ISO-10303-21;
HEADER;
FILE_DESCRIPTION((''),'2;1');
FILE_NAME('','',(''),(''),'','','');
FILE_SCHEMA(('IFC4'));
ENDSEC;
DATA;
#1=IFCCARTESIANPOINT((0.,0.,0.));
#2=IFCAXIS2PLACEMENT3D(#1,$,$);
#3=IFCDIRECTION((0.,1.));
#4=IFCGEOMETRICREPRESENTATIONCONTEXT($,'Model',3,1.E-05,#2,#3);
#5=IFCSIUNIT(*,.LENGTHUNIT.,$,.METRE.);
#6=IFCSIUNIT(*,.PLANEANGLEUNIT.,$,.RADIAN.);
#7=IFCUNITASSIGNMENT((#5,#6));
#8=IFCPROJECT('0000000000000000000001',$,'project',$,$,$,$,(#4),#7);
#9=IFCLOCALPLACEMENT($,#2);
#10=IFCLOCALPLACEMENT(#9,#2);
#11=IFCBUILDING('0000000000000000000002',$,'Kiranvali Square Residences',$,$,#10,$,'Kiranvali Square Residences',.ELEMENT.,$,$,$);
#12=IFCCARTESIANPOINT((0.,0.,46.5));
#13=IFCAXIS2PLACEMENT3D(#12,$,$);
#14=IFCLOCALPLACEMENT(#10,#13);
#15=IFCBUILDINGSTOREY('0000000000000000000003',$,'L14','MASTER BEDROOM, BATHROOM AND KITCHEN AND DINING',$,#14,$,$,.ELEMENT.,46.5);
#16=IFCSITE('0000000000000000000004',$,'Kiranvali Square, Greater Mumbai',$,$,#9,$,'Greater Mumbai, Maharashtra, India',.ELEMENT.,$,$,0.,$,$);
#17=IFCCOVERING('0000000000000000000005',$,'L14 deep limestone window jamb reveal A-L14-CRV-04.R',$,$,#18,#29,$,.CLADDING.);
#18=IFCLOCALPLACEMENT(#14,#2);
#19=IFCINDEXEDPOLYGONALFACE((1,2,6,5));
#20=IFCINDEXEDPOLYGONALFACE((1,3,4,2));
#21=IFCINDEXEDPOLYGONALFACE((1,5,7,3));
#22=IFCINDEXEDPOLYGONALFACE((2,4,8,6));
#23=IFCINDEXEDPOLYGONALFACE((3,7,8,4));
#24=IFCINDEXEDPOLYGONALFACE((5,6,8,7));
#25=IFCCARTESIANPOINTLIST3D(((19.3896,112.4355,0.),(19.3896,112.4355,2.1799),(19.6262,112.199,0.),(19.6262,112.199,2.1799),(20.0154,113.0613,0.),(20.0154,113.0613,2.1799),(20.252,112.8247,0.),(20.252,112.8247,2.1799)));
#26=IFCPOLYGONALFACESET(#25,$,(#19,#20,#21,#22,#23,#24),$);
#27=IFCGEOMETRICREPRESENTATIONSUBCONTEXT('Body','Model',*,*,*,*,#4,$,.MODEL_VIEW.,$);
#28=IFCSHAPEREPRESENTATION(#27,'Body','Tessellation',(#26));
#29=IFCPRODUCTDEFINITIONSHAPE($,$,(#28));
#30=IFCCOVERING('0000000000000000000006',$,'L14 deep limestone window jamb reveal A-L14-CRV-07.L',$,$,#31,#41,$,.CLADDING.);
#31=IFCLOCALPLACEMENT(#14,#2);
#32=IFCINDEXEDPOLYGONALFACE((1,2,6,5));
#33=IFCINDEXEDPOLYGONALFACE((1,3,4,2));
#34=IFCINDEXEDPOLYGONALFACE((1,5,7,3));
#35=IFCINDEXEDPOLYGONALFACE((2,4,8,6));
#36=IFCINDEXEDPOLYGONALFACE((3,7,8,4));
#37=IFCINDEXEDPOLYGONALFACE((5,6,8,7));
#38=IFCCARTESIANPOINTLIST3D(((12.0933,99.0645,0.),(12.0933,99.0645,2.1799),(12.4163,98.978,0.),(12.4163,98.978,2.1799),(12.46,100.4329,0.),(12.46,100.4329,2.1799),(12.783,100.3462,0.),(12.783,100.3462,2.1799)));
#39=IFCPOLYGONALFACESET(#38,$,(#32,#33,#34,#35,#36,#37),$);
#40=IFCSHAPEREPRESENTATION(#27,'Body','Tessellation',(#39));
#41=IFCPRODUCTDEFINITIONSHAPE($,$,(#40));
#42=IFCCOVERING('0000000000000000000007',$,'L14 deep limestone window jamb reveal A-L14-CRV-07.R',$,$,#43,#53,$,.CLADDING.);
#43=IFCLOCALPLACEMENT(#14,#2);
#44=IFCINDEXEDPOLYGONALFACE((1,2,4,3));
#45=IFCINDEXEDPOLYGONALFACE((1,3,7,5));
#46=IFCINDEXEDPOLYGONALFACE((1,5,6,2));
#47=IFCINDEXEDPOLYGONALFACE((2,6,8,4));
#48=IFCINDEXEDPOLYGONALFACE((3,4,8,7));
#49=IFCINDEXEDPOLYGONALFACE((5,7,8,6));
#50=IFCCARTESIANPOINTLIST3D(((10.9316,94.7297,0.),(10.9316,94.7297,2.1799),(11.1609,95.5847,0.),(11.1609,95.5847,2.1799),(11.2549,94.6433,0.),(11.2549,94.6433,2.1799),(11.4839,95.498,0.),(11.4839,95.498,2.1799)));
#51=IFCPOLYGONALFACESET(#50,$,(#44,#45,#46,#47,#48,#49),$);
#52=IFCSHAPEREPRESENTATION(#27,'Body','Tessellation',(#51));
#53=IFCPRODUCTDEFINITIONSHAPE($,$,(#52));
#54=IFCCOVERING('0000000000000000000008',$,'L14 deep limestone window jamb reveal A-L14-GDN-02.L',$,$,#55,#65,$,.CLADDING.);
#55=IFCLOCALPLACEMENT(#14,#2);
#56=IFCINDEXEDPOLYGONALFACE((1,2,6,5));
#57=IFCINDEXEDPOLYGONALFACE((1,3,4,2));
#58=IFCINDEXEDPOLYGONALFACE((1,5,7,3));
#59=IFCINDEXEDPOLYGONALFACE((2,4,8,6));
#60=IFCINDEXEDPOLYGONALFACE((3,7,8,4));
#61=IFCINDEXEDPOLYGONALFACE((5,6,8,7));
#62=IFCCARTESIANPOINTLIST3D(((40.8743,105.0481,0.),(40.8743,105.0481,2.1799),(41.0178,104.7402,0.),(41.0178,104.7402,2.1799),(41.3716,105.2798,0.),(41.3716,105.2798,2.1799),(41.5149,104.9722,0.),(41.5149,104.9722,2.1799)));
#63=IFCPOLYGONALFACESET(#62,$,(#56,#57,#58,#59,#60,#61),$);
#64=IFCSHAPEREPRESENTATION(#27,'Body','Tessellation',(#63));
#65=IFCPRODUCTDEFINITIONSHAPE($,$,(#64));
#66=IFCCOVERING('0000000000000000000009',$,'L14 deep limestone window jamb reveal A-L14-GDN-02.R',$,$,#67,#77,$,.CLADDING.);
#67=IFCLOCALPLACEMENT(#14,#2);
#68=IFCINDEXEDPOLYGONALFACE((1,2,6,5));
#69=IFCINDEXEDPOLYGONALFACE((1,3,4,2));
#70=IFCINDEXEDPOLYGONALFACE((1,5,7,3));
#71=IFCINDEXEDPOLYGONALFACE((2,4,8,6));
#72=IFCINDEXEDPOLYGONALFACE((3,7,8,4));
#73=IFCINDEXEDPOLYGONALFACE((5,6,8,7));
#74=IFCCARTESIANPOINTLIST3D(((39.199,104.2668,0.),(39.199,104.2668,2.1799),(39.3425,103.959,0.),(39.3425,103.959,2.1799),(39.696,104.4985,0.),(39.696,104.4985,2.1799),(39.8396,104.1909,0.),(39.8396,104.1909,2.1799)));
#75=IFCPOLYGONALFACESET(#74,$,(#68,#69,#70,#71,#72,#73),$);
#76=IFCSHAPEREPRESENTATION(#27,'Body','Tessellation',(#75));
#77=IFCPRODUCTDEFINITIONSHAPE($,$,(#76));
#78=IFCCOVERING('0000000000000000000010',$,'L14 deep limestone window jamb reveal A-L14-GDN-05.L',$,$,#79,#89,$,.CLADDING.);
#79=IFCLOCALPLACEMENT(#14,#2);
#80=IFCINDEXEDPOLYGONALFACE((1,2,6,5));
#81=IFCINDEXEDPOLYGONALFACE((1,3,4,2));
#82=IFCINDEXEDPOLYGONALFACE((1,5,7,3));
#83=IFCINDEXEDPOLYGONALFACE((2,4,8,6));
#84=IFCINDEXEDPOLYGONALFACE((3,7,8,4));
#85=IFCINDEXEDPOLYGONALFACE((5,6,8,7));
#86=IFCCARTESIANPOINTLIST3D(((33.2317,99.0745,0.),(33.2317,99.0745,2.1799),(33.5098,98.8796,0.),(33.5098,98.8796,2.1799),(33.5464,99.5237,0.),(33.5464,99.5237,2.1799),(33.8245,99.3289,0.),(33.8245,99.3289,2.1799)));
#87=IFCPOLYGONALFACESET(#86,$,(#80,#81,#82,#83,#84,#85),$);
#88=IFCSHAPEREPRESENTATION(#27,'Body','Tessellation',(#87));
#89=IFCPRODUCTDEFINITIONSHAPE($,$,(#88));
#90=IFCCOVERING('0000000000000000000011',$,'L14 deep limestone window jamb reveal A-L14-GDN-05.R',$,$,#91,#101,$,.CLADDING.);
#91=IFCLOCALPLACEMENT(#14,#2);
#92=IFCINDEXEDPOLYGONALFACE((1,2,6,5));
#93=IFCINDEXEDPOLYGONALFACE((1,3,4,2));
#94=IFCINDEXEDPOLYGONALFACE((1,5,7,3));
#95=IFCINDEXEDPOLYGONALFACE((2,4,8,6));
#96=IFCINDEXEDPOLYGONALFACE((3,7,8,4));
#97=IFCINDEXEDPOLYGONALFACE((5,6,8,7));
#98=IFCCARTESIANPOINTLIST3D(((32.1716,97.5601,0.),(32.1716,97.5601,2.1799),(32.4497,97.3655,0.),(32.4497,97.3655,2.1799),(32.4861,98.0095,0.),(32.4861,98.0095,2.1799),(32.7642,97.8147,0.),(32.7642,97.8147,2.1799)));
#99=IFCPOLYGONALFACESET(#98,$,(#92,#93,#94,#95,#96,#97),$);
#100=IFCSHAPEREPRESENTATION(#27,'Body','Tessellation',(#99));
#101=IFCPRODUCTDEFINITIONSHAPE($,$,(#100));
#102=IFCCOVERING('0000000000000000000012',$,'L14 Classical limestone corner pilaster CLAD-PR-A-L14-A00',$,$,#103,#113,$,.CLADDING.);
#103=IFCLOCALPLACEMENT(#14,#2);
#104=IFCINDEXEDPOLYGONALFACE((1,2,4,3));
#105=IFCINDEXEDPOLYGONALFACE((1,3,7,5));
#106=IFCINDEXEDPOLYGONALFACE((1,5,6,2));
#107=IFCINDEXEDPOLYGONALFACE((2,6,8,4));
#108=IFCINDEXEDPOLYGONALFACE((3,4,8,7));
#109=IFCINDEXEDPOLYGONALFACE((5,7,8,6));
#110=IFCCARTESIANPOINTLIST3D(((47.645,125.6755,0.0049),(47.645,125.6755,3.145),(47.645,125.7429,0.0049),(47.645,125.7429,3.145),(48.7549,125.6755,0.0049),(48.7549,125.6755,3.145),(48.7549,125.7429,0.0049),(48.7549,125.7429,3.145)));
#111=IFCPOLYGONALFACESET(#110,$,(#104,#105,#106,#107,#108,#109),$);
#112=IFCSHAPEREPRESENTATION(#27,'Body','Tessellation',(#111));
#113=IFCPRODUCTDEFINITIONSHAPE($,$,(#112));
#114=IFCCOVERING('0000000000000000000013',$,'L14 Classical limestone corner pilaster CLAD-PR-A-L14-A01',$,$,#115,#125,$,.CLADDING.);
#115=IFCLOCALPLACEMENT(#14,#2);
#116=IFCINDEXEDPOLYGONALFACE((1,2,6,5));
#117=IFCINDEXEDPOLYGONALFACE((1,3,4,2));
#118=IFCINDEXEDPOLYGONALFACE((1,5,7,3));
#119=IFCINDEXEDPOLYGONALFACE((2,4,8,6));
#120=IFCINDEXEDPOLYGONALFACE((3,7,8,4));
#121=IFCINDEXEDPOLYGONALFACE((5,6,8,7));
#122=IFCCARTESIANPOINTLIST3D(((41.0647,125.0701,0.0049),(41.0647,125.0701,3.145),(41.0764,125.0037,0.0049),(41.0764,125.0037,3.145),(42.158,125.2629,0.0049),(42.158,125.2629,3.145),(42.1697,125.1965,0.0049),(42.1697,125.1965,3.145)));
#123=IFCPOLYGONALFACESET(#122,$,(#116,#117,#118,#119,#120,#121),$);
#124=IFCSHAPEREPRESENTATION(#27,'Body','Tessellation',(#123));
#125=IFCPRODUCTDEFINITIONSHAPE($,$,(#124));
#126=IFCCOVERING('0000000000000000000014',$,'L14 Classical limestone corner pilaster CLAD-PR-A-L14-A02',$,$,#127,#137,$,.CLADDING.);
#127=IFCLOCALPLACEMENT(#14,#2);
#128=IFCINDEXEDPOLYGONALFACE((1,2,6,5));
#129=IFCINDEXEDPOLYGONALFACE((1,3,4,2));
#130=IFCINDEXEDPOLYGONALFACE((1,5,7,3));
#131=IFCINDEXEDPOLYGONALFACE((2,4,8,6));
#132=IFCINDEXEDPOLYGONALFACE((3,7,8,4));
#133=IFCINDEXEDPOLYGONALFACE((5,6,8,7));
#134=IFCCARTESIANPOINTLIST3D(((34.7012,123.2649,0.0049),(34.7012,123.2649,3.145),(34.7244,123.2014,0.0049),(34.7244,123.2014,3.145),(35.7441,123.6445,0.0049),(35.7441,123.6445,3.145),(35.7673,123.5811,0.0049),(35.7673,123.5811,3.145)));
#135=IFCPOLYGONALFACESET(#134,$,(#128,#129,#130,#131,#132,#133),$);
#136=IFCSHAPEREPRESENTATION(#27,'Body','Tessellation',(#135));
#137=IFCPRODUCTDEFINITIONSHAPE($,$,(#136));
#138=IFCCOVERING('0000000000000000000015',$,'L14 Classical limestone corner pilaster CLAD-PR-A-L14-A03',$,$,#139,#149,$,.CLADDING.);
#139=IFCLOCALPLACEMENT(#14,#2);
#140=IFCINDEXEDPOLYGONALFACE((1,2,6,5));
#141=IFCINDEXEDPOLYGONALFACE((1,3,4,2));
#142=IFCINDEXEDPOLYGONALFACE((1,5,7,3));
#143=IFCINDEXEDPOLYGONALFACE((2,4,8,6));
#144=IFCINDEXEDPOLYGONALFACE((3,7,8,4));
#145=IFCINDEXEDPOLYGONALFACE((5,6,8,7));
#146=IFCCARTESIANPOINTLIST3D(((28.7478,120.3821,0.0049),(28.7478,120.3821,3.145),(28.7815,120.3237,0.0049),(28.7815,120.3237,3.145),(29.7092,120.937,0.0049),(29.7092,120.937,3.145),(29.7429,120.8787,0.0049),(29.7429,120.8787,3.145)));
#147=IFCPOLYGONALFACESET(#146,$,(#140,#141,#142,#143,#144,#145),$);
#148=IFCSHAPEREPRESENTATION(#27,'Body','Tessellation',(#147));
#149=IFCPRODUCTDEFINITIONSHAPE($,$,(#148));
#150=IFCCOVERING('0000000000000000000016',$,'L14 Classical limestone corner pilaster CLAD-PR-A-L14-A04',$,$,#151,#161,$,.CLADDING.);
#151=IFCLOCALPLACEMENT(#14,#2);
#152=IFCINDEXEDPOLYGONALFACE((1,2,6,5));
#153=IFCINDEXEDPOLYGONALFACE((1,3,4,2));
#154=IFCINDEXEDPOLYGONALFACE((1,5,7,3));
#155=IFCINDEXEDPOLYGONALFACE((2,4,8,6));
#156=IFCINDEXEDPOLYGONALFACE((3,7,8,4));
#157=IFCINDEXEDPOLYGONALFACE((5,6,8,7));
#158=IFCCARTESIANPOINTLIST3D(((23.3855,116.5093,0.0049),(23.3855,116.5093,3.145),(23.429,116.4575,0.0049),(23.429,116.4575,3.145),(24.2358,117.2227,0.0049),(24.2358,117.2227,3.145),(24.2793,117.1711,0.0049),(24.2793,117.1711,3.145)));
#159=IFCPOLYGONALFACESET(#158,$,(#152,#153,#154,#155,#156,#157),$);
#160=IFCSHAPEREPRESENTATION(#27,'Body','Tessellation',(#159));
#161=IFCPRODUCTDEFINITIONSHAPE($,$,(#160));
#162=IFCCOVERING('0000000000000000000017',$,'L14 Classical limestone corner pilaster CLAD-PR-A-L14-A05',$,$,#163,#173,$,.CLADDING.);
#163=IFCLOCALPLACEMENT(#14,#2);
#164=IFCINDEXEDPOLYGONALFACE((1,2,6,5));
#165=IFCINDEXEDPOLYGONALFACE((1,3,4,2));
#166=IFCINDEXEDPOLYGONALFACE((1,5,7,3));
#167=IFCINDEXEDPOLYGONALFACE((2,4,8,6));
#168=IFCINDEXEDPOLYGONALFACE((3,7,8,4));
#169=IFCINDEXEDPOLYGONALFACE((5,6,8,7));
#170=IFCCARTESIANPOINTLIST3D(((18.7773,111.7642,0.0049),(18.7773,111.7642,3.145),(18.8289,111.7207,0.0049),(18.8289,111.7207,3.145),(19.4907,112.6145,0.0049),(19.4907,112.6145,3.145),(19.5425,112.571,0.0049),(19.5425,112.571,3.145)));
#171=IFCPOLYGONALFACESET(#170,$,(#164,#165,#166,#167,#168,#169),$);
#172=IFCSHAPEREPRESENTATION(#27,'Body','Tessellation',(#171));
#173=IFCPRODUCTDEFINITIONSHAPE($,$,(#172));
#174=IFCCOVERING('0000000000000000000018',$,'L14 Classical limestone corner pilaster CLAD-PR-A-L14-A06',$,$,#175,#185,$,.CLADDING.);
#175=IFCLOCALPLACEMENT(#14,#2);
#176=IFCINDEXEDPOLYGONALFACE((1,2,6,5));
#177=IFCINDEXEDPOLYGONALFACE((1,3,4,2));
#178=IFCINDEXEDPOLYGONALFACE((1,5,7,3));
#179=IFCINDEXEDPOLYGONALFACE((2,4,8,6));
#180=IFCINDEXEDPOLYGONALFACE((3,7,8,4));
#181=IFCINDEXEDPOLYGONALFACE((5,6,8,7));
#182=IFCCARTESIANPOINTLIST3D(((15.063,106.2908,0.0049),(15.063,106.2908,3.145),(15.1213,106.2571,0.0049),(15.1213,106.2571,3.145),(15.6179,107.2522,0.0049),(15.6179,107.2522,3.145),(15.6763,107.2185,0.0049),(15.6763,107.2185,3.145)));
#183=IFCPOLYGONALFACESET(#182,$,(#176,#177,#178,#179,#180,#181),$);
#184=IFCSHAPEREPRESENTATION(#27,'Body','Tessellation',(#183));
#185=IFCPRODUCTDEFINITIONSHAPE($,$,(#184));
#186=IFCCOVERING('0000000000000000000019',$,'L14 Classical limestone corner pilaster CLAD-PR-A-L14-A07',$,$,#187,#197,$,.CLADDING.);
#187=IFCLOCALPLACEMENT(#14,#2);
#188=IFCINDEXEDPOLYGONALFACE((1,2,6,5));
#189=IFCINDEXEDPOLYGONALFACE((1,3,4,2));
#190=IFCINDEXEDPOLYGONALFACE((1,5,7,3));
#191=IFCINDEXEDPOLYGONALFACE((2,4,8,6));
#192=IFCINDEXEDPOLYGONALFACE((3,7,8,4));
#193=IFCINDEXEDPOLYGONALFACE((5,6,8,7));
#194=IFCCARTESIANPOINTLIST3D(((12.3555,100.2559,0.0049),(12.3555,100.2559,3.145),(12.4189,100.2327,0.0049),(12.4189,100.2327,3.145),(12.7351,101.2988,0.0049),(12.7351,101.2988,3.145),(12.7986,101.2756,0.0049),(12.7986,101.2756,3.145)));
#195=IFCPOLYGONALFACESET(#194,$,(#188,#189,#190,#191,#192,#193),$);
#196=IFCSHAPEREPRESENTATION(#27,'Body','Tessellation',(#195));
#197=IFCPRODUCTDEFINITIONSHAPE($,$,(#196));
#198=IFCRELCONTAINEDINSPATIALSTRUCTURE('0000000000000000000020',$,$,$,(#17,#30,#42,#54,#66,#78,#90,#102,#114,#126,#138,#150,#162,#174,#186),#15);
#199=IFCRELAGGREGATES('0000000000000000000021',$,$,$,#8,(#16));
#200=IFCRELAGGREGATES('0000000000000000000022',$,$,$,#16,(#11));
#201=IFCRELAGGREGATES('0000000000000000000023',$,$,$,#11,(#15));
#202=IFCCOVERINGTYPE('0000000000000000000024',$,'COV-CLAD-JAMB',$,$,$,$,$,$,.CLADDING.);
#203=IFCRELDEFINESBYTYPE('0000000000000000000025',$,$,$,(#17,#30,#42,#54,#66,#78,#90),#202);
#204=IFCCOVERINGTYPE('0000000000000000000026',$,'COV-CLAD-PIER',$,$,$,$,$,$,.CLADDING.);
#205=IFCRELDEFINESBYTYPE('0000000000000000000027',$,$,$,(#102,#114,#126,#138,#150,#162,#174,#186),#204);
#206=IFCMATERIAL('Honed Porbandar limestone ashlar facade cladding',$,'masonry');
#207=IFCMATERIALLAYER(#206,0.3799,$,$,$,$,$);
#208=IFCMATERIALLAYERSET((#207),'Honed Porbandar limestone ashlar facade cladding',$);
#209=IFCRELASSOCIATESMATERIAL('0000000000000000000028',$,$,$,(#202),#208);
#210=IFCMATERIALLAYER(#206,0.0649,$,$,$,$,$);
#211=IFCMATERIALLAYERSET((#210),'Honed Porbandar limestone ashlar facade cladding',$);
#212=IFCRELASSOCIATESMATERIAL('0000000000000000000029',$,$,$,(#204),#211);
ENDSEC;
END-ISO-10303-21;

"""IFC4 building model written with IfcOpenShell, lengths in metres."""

from ifc_helpers import new_model, si_unit, direction, frame, origin, place, context, subcontext, project, spatial, polyline, outline, extrude, material, layer, layer_set, type_object, element, save


model = new_model("IFC4")

# Units and contexts
model_context = context("Model", 3, precision=1e-05, world=origin(), true_north=direction((0.0, 1.0)))
body_context = subcontext(model_context, "Body", "Model", "MODEL_VIEW")
ifc_project = project(units=[si_unit("LENGTHUNIT", "METRE"), si_unit("PLANEANGLEUNIT", "RADIAN")], contexts=[model_context])

# Site, building, storey
site_placement = place(None, origin())
site = spatial("IfcSite", under=ifc_project, at=site_placement, Name="Kiranvali Square, Greater Mumbai", LongName="Greater Mumbai, Maharashtra, India", CompositionType="ELEMENT", RefElevation=0.0)
building_placement = place(site_placement, origin())
building = spatial("IfcBuilding", under=site, at=building_placement, Name="Kiranvali Square Residences", LongName="Kiranvali Square Residences", CompositionType="ELEMENT")
storey_placement = place(building_placement, frame((0.0, 0.0, 46.5)))
storey = spatial("IfcBuildingStorey", under=building, at=storey_placement, Name="L14", Description="MASTER BEDROOM, BATHROOM AND KITCHEN AND DINING", CompositionType="ELEMENT", Elevation=46.5)

# Coverings
ifc_material_1 = material(Name="Honed Porbandar limestone ashlar facade cladding", Category="masonry")
ifc_layer_1 = layer(ifc_material_1, 0.3799)
ifc_layer_set_1 = layer_set([ifc_layer_1], Name="Honed Porbandar limestone ashlar facade cladding")
covering_type_1 = type_object("IfcCoveringType", Name="COV-CLAD-JAMB", PredefinedType="CLADDING", material=ifc_layer_set_1)
covering_1_placement = place(storey_placement, origin())
element("IfcCovering", 1, at=covering_1_placement, inside=storey, type_object=covering_type_1, Name="L14 deep limestone window jamb reveal A-L14-CRV-04.R", PredefinedType="CLADDING", context=body_context, shape_type="SweptSolid", body=[
    extrude(outline(polyline([(20.0154, 113.0613), (19.3896, 112.4355), (19.6262, 112.199), (20.252, 112.8247), (20.0154, 113.0613)])), origin(), (0.0, 0.0, 1.0), 2.1799),
])
covering_2_placement = place(storey_placement, origin())
element("IfcCovering", 2, at=covering_2_placement, inside=storey, type_object=covering_type_1, Name="L14 deep limestone window jamb reveal A-L14-CRV-07.L", PredefinedType="CLADDING", context=body_context, shape_type="SweptSolid", body=[
    extrude(outline(polyline([(12.46, 100.4329), (12.0933, 99.0645), (12.4163, 98.978), (12.783, 100.3462), (12.46, 100.4329)])), origin(), (0.0, 0.0, 1.0), 2.1799),
])
covering_3_placement = place(storey_placement, origin())
element("IfcCovering", 3, at=covering_3_placement, inside=storey, type_object=covering_type_1, Name="L14 deep limestone window jamb reveal A-L14-CRV-07.R", PredefinedType="CLADDING", context=body_context, shape_type="SweptSolid", body=[
    extrude(outline(polyline([(11.1609, 95.5847), (10.9316, 94.7297), (11.2549, 94.6433), (11.4839, 95.498), (11.1609, 95.5847)])), origin(), (0.0, 0.0, 1.0), 2.1799),
])
covering_4_placement = place(storey_placement, origin())
element("IfcCovering", 4, at=covering_4_placement, inside=storey, type_object=covering_type_1, Name="L14 deep limestone window jamb reveal A-L14-GDN-02.L", PredefinedType="CLADDING", context=body_context, shape_type="SweptSolid", body=[
    extrude(outline(polyline([(41.3716, 105.2798), (40.8743, 105.0481), (41.0178, 104.7402), (41.5149, 104.9722), (41.3716, 105.2798)])), origin(), (0.0, 0.0, 1.0), 2.1799),
])
covering_5_placement = place(storey_placement, origin())
element("IfcCovering", 5, at=covering_5_placement, inside=storey, type_object=covering_type_1, Name="L14 deep limestone window jamb reveal A-L14-GDN-02.R", PredefinedType="CLADDING", context=body_context, shape_type="SweptSolid", body=[
    extrude(outline(polyline([(39.696, 104.4985), (39.199, 104.2668), (39.3425, 103.959), (39.8396, 104.1909), (39.696, 104.4985)])), origin(), (0.0, 0.0, 1.0), 2.1799),
])
covering_6_placement = place(storey_placement, origin())
element("IfcCovering", 6, at=covering_6_placement, inside=storey, type_object=covering_type_1, Name="L14 deep limestone window jamb reveal A-L14-GDN-05.L", PredefinedType="CLADDING", context=body_context, shape_type="SweptSolid", body=[
    extrude(outline(polyline([(33.5464, 99.5237), (33.2317, 99.0745), (33.5098, 98.8796), (33.8245, 99.3289), (33.5464, 99.5237)])), origin(), (0.0, 0.0, 1.0), 2.1799),
])
covering_7_placement = place(storey_placement, origin())
element("IfcCovering", 7, at=covering_7_placement, inside=storey, type_object=covering_type_1, Name="L14 deep limestone window jamb reveal A-L14-GDN-05.R", PredefinedType="CLADDING", context=body_context, shape_type="SweptSolid", body=[
    extrude(outline(polyline([(32.4861, 98.0095), (32.1716, 97.5601), (32.4497, 97.3655), (32.7642, 97.8147), (32.4861, 98.0095)])), origin(), (0.0, 0.0, 1.0), 2.1799),
])
ifc_layer_2 = layer(ifc_material_1, 0.0649)
ifc_layer_set_2 = layer_set([ifc_layer_2], Name="Honed Porbandar limestone ashlar facade cladding")
covering_type_2 = type_object("IfcCoveringType", Name="COV-CLAD-PIER", PredefinedType="CLADDING", material=ifc_layer_set_2)
covering_8_placement = place(storey_placement, frame((0.0, 0.0, 0.0049)))
element("IfcCovering", 8, at=covering_8_placement, inside=storey, type_object=covering_type_2, Name="L14 Classical limestone corner pilaster CLAD-PR-A-L14-A00", PredefinedType="CLADDING", context=body_context, shape_type="SweptSolid", body=[
    extrude(outline(polyline([(48.7549, 125.7429), (47.645, 125.7429), (47.645, 125.6755), (48.7549, 125.6755), (48.7549, 125.7429)])), origin(), (0.0, 0.0, 1.0), 3.1401),
])
covering_9_placement = place(storey_placement, frame((0.0, 0.0, 0.0049)))
element("IfcCovering", 9, at=covering_9_placement, inside=storey, type_object=covering_type_2, Name="L14 Classical limestone corner pilaster CLAD-PR-A-L14-A01", PredefinedType="CLADDING", context=body_context, shape_type="SweptSolid", body=[
    extrude(outline(polyline([(42.158, 125.2629), (41.0647, 125.0701), (41.0764, 125.0037), (42.1697, 125.1965), (42.158, 125.2629)])), origin(), (0.0, 0.0, 1.0), 3.1401),
])
covering_10_placement = place(storey_placement, frame((0.0, 0.0, 0.0049)))
element("IfcCovering", 10, at=covering_10_placement, inside=storey, type_object=covering_type_2, Name="L14 Classical limestone corner pilaster CLAD-PR-A-L14-A02", PredefinedType="CLADDING", context=body_context, shape_type="SweptSolid", body=[
    extrude(outline(polyline([(35.7441, 123.6445), (34.7012, 123.2649), (34.7244, 123.2014), (35.7673, 123.5811), (35.7441, 123.6445)])), origin(), (0.0, 0.0, 1.0), 3.1401),
])
covering_11_placement = place(storey_placement, frame((0.0, 0.0, 0.0049)))
element("IfcCovering", 11, at=covering_11_placement, inside=storey, type_object=covering_type_2, Name="L14 Classical limestone corner pilaster CLAD-PR-A-L14-A03", PredefinedType="CLADDING", context=body_context, shape_type="SweptSolid", body=[
    extrude(outline(polyline([(29.7092, 120.937), (28.7478, 120.3821), (28.7815, 120.3237), (29.7429, 120.8787), (29.7092, 120.937)])), origin(), (0.0, 0.0, 1.0), 3.1401),
])
covering_12_placement = place(storey_placement, frame((0.0, 0.0, 0.0049)))
element("IfcCovering", 12, at=covering_12_placement, inside=storey, type_object=covering_type_2, Name="L14 Classical limestone corner pilaster CLAD-PR-A-L14-A04", PredefinedType="CLADDING", context=body_context, shape_type="SweptSolid", body=[
    extrude(outline(polyline([(24.2358, 117.2227), (23.3855, 116.5093), (23.429, 116.4575), (24.2793, 117.1711), (24.2358, 117.2227)])), origin(), (0.0, 0.0, 1.0), 3.1401),
])
covering_13_placement = place(storey_placement, frame((0.0, 0.0, 0.0049)))
element("IfcCovering", 13, at=covering_13_placement, inside=storey, type_object=covering_type_2, Name="L14 Classical limestone corner pilaster CLAD-PR-A-L14-A05", PredefinedType="CLADDING", context=body_context, shape_type="SweptSolid", body=[
    extrude(outline(polyline([(19.4907, 112.6145), (18.7773, 111.7642), (18.8289, 111.7207), (19.5425, 112.571), (19.4907, 112.6145)])), origin(), (0.0, 0.0, 1.0), 3.1401),
])
covering_14_placement = place(storey_placement, frame((0.0, 0.0, 0.0049)))
element("IfcCovering", 14, at=covering_14_placement, inside=storey, type_object=covering_type_2, Name="L14 Classical limestone corner pilaster CLAD-PR-A-L14-A06", PredefinedType="CLADDING", context=body_context, shape_type="SweptSolid", body=[
    extrude(outline(polyline([(15.6179, 107.2522), (15.063, 106.2908), (15.1213, 106.2571), (15.6763, 107.2185), (15.6179, 107.2522)])), origin(), (0.0, 0.0, 1.0), 3.1401),
])
covering_15_placement = place(storey_placement, frame((0.0, 0.0, 0.0049)))
element("IfcCovering", 15, at=covering_15_placement, inside=storey, type_object=covering_type_2, Name="L14 Classical limestone corner pilaster CLAD-PR-A-L14-A07", PredefinedType="CLADDING", context=body_context, shape_type="SweptSolid", body=[
    extrude(outline(polyline([(12.7351, 101.2988), (12.3555, 100.2559), (12.4189, 100.2327), (12.7986, 101.2756), (12.7351, 101.2988)])), origin(), (0.0, 0.0, 1.0), 3.1401),
])

save(model, "model.ifc")
